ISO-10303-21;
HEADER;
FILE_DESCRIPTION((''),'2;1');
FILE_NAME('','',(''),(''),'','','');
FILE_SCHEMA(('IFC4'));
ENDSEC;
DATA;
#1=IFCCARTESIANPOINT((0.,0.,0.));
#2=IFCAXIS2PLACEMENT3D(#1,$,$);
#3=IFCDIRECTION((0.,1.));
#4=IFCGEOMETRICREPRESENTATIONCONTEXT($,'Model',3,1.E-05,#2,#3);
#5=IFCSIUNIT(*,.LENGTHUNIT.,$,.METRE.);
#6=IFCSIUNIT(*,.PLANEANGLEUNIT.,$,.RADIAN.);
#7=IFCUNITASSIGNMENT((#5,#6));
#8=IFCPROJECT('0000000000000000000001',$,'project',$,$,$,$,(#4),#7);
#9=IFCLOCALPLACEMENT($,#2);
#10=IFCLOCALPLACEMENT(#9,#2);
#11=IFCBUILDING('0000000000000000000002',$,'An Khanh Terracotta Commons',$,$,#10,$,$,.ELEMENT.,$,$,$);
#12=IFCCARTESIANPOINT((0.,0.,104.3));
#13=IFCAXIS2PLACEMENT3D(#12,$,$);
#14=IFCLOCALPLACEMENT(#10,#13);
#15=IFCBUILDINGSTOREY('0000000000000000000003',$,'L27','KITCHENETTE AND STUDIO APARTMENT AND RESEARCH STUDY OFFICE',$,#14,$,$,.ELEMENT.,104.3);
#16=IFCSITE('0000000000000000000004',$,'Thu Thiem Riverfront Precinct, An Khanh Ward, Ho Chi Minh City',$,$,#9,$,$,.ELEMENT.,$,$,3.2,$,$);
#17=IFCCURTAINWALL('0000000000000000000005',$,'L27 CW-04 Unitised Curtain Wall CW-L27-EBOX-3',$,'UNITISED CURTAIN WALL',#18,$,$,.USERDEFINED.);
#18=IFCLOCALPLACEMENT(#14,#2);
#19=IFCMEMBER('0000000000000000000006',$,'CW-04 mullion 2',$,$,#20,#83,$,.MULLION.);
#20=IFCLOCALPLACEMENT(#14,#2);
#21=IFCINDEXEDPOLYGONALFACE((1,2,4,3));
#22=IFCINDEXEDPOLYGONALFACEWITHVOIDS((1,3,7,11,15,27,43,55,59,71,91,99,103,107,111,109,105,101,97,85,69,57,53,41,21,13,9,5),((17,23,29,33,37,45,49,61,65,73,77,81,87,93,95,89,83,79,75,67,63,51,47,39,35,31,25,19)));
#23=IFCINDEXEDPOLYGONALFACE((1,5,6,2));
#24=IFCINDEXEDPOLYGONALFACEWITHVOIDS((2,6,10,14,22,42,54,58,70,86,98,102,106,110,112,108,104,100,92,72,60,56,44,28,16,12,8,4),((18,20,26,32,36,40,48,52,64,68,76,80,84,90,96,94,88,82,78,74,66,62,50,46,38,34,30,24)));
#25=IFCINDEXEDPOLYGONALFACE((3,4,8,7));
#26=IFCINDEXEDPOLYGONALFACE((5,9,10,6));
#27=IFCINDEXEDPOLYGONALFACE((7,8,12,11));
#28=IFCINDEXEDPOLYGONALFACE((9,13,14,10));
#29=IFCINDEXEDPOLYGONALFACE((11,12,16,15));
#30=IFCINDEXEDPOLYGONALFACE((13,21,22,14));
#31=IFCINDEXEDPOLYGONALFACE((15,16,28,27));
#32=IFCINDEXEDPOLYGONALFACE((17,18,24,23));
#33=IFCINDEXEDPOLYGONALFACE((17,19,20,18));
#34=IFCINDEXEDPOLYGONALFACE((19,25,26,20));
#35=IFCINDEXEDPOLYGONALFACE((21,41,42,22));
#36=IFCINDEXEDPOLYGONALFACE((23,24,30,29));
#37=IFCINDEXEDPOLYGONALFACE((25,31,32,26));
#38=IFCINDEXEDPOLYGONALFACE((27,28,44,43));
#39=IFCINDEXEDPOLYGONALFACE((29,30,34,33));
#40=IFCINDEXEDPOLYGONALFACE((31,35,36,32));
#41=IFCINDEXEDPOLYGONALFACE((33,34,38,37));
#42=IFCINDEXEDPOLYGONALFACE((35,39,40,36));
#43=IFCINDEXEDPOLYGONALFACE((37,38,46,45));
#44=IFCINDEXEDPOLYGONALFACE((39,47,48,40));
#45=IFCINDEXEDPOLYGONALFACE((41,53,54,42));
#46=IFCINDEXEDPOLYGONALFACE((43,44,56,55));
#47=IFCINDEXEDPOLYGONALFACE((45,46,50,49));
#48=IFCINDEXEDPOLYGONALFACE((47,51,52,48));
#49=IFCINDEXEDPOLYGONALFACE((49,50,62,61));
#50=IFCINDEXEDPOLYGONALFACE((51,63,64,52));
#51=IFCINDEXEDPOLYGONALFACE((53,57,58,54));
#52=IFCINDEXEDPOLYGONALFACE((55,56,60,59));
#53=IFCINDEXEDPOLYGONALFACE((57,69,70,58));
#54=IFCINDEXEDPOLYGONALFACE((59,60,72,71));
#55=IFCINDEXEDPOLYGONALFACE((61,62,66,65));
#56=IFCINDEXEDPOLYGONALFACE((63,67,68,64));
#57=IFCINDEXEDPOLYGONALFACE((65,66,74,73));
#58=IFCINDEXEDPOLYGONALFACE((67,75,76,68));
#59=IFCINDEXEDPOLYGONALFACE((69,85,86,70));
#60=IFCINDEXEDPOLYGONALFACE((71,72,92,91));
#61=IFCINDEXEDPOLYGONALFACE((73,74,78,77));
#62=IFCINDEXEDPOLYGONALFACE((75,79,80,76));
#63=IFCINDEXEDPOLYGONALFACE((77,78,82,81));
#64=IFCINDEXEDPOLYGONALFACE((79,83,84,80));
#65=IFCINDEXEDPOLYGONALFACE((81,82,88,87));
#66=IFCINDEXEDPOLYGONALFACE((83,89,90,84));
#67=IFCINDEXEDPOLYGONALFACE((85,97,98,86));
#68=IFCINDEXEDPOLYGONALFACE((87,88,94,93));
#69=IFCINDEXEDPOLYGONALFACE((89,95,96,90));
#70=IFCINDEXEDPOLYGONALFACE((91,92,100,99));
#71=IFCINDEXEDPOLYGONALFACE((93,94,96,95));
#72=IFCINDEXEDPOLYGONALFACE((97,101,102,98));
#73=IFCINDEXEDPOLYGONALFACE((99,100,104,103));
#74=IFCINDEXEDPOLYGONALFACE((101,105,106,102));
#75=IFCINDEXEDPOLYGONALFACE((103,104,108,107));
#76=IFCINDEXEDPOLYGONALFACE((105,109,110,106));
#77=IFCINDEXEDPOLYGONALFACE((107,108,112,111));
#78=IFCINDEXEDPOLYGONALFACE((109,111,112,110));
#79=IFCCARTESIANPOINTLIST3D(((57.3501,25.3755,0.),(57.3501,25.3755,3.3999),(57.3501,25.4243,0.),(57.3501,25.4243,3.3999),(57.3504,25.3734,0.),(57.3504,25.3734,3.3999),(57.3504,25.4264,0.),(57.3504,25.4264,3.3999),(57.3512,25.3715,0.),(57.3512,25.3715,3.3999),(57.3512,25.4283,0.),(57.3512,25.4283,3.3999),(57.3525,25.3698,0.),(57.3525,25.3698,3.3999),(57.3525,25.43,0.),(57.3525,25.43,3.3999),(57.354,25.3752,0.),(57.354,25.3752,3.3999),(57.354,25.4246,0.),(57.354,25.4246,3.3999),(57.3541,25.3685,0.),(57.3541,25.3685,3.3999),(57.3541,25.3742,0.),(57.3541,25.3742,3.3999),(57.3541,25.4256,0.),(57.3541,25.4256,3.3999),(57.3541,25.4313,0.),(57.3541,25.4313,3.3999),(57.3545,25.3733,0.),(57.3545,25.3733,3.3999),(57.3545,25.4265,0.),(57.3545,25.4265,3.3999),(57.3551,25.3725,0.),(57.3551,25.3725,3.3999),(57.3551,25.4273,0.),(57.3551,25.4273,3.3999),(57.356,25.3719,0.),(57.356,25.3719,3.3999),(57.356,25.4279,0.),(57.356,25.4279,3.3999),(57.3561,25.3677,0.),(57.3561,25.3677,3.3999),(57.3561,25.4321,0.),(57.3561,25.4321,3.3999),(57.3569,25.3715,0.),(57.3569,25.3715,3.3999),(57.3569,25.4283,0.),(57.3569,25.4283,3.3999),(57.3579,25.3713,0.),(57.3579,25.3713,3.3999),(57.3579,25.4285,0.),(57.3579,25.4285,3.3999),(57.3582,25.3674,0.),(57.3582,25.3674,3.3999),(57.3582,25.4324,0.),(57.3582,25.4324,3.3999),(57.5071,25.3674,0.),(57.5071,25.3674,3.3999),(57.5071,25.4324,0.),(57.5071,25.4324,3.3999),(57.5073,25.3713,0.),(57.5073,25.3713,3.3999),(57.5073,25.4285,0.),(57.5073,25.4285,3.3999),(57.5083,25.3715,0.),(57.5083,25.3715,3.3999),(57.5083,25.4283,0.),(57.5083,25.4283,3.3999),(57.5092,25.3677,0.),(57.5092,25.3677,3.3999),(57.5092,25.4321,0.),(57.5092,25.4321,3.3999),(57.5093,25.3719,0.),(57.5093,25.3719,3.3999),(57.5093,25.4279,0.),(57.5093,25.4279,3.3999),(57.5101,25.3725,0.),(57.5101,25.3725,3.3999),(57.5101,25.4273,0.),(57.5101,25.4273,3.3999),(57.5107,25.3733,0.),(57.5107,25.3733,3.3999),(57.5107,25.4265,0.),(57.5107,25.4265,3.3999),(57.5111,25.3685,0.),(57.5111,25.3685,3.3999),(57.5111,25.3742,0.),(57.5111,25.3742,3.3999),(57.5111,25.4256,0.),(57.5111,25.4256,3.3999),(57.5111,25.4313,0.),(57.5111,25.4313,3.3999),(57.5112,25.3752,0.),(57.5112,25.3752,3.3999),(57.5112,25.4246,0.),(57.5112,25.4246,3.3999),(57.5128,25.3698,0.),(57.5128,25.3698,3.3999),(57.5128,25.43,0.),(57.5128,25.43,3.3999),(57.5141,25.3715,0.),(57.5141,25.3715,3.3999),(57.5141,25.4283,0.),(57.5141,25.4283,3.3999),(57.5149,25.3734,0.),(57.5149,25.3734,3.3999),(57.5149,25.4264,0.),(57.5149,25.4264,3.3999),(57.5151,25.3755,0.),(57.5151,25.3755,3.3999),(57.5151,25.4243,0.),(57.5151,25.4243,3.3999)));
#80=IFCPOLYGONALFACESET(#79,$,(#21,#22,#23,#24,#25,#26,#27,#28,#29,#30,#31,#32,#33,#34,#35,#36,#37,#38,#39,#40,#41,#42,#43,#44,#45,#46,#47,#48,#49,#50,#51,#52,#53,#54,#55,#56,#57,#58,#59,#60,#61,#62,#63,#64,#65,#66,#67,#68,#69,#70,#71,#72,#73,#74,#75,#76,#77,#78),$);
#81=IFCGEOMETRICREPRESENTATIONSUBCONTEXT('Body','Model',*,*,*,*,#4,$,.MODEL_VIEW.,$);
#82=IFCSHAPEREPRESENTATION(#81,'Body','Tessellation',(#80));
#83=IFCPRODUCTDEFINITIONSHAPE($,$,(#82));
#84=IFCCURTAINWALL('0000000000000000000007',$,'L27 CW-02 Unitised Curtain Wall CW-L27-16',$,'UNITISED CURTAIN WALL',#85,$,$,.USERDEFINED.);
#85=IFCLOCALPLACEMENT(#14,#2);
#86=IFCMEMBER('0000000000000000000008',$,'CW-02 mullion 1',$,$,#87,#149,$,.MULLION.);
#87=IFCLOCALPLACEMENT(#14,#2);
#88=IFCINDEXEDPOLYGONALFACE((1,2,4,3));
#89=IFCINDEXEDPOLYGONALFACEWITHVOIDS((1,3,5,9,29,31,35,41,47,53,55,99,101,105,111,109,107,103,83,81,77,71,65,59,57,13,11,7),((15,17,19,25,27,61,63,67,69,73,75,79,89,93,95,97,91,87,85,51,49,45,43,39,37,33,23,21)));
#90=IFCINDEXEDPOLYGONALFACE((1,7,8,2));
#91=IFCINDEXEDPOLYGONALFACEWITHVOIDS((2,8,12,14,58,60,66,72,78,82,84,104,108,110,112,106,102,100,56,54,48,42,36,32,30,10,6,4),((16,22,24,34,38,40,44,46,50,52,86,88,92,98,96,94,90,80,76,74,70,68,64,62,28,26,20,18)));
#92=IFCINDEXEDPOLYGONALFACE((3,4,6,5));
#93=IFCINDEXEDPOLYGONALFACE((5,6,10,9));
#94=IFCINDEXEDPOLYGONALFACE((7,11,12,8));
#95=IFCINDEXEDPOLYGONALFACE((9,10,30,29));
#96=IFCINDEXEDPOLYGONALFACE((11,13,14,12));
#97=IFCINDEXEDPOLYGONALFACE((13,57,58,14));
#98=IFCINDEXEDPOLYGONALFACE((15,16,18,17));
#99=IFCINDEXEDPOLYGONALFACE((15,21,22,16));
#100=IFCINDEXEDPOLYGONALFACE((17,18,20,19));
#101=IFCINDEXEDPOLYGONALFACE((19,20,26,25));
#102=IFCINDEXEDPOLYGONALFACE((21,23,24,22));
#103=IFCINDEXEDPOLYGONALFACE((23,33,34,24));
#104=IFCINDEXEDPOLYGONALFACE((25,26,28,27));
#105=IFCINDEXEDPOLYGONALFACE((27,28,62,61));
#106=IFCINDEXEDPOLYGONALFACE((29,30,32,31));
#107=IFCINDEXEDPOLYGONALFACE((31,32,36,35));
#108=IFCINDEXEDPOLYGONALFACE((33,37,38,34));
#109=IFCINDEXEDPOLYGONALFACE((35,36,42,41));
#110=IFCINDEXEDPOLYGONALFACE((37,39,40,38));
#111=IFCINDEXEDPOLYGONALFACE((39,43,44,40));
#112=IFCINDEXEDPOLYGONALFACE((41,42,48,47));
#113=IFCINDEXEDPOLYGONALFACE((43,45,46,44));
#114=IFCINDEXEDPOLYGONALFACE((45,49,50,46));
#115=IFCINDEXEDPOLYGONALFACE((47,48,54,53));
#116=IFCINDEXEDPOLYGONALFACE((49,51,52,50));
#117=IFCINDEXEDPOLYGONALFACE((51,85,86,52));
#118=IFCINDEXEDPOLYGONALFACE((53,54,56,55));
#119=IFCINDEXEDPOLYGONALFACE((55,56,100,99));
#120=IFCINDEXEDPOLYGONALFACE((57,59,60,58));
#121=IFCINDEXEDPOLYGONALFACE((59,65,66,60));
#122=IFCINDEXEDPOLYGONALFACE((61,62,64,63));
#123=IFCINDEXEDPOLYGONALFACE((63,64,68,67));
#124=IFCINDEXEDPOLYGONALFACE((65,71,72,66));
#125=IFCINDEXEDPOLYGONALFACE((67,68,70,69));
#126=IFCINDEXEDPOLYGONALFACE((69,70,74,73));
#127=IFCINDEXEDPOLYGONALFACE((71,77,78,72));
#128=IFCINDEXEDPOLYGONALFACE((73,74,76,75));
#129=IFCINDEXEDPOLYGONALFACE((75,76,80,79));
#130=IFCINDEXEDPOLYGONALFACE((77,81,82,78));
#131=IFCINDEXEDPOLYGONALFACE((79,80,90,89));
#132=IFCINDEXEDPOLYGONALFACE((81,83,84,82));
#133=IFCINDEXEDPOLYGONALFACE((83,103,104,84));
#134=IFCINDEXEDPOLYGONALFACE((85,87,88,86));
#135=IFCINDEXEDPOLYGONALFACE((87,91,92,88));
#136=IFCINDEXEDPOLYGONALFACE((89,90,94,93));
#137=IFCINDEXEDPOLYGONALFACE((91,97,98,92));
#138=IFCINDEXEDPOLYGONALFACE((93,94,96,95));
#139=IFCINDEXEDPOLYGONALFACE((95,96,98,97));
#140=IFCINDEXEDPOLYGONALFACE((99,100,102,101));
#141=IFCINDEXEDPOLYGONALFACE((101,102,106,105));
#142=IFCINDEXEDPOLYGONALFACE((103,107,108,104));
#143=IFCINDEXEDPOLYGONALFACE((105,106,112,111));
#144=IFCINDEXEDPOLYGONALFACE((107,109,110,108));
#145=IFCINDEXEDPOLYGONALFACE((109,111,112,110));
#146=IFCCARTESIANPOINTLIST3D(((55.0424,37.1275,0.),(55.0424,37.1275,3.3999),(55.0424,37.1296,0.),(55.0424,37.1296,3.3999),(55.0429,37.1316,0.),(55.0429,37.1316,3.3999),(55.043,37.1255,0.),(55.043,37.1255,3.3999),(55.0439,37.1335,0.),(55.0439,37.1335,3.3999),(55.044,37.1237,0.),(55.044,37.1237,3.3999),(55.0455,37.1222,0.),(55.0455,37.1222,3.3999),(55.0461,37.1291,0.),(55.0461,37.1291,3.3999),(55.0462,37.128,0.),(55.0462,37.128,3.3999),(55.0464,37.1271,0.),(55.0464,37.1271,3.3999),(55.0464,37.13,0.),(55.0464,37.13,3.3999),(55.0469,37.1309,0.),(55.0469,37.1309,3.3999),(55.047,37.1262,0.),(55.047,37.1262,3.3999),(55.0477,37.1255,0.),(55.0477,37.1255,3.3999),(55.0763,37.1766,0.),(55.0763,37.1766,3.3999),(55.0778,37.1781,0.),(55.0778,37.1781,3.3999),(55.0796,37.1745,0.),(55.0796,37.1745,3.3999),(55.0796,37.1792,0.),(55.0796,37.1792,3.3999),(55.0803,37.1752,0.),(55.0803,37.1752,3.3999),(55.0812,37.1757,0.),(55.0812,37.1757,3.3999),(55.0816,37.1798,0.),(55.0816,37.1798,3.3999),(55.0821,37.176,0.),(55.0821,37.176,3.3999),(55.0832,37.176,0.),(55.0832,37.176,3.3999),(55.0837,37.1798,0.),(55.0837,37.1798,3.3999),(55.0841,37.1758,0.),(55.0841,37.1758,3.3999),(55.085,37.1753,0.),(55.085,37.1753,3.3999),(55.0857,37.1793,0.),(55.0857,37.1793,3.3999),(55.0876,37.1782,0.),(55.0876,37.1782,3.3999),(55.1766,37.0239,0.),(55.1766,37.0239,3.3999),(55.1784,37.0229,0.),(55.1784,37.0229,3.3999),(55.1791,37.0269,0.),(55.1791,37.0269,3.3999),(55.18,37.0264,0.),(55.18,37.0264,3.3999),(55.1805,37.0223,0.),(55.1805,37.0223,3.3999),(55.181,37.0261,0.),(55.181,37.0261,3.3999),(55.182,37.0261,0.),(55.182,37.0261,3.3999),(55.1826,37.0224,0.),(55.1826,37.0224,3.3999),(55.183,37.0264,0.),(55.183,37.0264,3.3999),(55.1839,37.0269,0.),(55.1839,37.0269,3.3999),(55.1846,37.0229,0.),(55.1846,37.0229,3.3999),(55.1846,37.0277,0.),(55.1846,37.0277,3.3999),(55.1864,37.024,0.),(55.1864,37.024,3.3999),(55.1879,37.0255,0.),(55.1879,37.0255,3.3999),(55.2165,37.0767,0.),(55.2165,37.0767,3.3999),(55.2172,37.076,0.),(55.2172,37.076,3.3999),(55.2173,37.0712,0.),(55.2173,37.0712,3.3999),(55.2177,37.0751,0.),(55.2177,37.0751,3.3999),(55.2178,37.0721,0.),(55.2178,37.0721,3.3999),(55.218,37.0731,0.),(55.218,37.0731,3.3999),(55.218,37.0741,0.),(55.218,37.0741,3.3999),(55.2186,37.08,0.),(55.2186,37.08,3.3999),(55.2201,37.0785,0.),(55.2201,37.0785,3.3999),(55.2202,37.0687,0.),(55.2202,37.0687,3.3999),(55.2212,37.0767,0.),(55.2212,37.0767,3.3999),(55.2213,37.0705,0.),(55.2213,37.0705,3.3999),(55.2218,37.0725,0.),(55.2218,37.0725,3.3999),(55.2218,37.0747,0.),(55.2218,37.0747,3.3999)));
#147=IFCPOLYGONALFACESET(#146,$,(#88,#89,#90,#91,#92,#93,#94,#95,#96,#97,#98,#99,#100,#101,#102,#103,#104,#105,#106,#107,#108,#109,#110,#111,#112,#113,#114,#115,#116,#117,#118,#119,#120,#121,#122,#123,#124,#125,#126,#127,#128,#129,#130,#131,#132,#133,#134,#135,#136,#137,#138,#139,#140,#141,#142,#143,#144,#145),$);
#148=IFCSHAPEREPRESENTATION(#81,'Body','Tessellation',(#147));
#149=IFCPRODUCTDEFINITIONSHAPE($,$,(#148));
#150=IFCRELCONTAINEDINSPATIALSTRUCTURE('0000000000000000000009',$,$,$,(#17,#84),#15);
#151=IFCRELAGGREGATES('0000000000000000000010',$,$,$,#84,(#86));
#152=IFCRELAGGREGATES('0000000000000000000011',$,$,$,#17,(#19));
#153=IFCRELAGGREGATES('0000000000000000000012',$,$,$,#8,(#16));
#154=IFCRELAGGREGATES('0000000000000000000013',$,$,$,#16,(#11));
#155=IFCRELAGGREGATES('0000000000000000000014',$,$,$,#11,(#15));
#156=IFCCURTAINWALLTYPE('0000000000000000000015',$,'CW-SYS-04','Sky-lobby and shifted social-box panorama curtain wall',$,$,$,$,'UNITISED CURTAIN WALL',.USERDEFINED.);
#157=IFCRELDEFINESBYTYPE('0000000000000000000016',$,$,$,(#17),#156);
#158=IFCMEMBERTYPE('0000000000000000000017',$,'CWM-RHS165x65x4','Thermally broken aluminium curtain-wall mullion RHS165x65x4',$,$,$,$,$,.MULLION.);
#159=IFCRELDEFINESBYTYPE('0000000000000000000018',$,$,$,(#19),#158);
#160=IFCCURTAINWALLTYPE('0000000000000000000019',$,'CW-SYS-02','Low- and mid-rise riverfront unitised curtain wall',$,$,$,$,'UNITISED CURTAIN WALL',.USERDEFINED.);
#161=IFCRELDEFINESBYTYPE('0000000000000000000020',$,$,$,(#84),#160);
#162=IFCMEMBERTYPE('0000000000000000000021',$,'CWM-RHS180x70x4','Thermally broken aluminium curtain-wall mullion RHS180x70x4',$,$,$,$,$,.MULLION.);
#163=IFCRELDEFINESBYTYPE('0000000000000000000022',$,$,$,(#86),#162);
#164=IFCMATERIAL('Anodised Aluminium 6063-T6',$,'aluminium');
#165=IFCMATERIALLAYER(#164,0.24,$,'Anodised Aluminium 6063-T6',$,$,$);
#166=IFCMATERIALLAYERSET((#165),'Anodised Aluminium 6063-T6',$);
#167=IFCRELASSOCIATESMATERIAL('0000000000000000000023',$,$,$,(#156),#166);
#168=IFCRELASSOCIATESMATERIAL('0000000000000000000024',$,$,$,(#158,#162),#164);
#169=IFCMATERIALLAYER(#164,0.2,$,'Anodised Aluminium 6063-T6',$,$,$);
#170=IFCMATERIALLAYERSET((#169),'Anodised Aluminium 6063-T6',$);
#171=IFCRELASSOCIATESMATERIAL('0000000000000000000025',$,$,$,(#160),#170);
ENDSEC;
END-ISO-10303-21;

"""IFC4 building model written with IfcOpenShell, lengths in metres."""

from ifc_helpers import new_model, si_unit, direction, frame, origin, origin_2d, place, context, subcontext, project, spatial, hollow_rectangle, extrude, material, layer, layer_set, material_profile, profile_set, type_object, element, aggregate, save


model = new_model("IFC4")

# Units and contexts
model_context = context("Model", 3, precision=1e-05, world=origin(), true_north=direction((0.0, 1.0)))
body_context = subcontext(model_context, "Body", "Model", "MODEL_VIEW")
ifc_project = project(units=[si_unit("LENGTHUNIT", "METRE"), si_unit("PLANEANGLEUNIT", "RADIAN")], contexts=[model_context])

# Site, building, storey
site_placement = place(None, origin())
site = spatial("IfcSite", under=ifc_project, at=site_placement, Name="Thu Thiem Riverfront Precinct, An Khanh Ward, Ho Chi Minh City", CompositionType="ELEMENT", RefElevation=3.2)
building_placement = place(site_placement, origin())
building = spatial("IfcBuilding", under=site, at=building_placement, Name="An Khanh Terracotta Commons", CompositionType="ELEMENT")
storey_placement = place(building_placement, frame((0.0, 0.0, 104.3)))
storey = spatial("IfcBuildingStorey", under=building, at=storey_placement, Name="L27", Description="KITCHENETTE AND STUDIO APARTMENT AND RESEARCH STUDY OFFICE", CompositionType="ELEMENT", Elevation=104.3)

# Shared definitions
ifc_material_1 = material(Name="Anodised Aluminium 6063-T6", Category="aluminium")
ifc_layer_1 = layer(ifc_material_1, 0.24, Name="Anodised Aluminium 6063-T6")
ifc_layer_set_1 = layer_set([ifc_layer_1], Name="Anodised Aluminium 6063-T6")
curtain_wall_type_1 = type_object("IfcCurtainWallType", Name="CW-SYS-04", Description="Sky-lobby and shifted social-box panorama curtain wall", ElementType="UNITISED CURTAIN WALL", PredefinedType="USERDEFINED", material=ifc_layer_set_1)
ifc_material_profile_1 = material_profile(ifc_material_1, hollow_rectangle(XDim=0.0649, YDim=0.165, WallThickness=0.0039, InnerFilletRadius=0.0039, OuterFilletRadius=0.0081, at=origin_2d()), Name="RHS165x65x4")
ifc_profile_set_1 = profile_set([ifc_material_profile_1], Name="Anodised Aluminium 6063-T6")
member_type_1 = type_object("IfcMemberType", Name="CWM-RHS165x65x4", Description="Thermally broken aluminium curtain-wall mullion RHS165x65x4", PredefinedType="MULLION", material=ifc_profile_set_1)

# Curtain walls, members
curtain_wall_1_placement = place(storey_placement, origin())
curtain_wall_1 = element("IfcCurtainWall", 1, at=curtain_wall_1_placement, inside=storey, type_object=curtain_wall_type_1, Name="L27 CW-04 Unitised Curtain Wall CW-L27-EBOX-3", ObjectType="UNITISED CURTAIN WALL", PredefinedType="USERDEFINED")
member_1_placement = place(storey_placement, frame((57.4326, 25.3999, 0.0), z_axis=(0.0, 0.0, 1.0), x_axis=(0.0, -1.0, 0.0)))
member_1 = element("IfcMember", 2, at=member_1_placement, type_object=member_type_1, Name="CW-04 mullion 2", PredefinedType="MULLION", context=body_context, shape_type="SweptSolid", body=[
    extrude(hollow_rectangle(XDim=0.0649, YDim=0.165, WallThickness=0.0039, InnerFilletRadius=0.0039, OuterFilletRadius=0.0081, at=origin_2d()), origin(), (0.0, 0.0, 1.0), 3.3999),
])
ifc_layer_2 = layer(ifc_material_1, 0.2, Name="Anodised Aluminium 6063-T6")
ifc_layer_set_2 = layer_set([ifc_layer_2], Name="Anodised Aluminium 6063-T6")
curtain_wall_type_2 = type_object("IfcCurtainWallType", Name="CW-SYS-02", Description="Low- and mid-rise riverfront unitised curtain wall", ElementType="UNITISED CURTAIN WALL", PredefinedType="USERDEFINED", material=ifc_layer_set_2)
curtain_wall_2_placement = place(storey_placement, origin())
curtain_wall_2 = element("IfcCurtainWall", 3, at=curtain_wall_2_placement, inside=storey, type_object=curtain_wall_type_2, Name="L27 CW-02 Unitised Curtain Wall CW-L27-16", ObjectType="UNITISED CURTAIN WALL", PredefinedType="USERDEFINED")
ifc_material_profile_2 = material_profile(ifc_material_1, hollow_rectangle(XDim=0.0701, YDim=0.1799, WallThickness=0.0039, InnerFilletRadius=0.0039, OuterFilletRadius=0.0081, at=origin_2d()), Name="RHS180x70x4")
ifc_profile_set_2 = profile_set([ifc_material_profile_2], Name="Anodised Aluminium 6063-T6")
member_type_2 = type_object("IfcMemberType", Name="CWM-RHS180x70x4", Description="Thermally broken aluminium curtain-wall mullion RHS180x70x4", PredefinedType="MULLION", material=ifc_profile_set_2)
member_2_placement = place(storey_placement, frame((55.1321, 37.1011, 0.0), z_axis=(0.0, 0.0, 1.0), x_axis=(-0.599983, -0.800013, 0.0)))
member_2 = element("IfcMember", 4, at=member_2_placement, type_object=member_type_2, Name="CW-02 mullion 1", PredefinedType="MULLION", context=body_context, shape_type="SweptSolid", body=[
    extrude(hollow_rectangle(XDim=0.0701, YDim=0.1799, WallThickness=0.0039, InnerFilletRadius=0.0039, OuterFilletRadius=0.0081, at=origin_2d()), origin(), (0.0, 0.0, 1.0), 3.3999),
])

aggregate(curtain_wall_2, [member_2])
aggregate(curtain_wall_1, [member_1])

save(model, "model.ifc")
